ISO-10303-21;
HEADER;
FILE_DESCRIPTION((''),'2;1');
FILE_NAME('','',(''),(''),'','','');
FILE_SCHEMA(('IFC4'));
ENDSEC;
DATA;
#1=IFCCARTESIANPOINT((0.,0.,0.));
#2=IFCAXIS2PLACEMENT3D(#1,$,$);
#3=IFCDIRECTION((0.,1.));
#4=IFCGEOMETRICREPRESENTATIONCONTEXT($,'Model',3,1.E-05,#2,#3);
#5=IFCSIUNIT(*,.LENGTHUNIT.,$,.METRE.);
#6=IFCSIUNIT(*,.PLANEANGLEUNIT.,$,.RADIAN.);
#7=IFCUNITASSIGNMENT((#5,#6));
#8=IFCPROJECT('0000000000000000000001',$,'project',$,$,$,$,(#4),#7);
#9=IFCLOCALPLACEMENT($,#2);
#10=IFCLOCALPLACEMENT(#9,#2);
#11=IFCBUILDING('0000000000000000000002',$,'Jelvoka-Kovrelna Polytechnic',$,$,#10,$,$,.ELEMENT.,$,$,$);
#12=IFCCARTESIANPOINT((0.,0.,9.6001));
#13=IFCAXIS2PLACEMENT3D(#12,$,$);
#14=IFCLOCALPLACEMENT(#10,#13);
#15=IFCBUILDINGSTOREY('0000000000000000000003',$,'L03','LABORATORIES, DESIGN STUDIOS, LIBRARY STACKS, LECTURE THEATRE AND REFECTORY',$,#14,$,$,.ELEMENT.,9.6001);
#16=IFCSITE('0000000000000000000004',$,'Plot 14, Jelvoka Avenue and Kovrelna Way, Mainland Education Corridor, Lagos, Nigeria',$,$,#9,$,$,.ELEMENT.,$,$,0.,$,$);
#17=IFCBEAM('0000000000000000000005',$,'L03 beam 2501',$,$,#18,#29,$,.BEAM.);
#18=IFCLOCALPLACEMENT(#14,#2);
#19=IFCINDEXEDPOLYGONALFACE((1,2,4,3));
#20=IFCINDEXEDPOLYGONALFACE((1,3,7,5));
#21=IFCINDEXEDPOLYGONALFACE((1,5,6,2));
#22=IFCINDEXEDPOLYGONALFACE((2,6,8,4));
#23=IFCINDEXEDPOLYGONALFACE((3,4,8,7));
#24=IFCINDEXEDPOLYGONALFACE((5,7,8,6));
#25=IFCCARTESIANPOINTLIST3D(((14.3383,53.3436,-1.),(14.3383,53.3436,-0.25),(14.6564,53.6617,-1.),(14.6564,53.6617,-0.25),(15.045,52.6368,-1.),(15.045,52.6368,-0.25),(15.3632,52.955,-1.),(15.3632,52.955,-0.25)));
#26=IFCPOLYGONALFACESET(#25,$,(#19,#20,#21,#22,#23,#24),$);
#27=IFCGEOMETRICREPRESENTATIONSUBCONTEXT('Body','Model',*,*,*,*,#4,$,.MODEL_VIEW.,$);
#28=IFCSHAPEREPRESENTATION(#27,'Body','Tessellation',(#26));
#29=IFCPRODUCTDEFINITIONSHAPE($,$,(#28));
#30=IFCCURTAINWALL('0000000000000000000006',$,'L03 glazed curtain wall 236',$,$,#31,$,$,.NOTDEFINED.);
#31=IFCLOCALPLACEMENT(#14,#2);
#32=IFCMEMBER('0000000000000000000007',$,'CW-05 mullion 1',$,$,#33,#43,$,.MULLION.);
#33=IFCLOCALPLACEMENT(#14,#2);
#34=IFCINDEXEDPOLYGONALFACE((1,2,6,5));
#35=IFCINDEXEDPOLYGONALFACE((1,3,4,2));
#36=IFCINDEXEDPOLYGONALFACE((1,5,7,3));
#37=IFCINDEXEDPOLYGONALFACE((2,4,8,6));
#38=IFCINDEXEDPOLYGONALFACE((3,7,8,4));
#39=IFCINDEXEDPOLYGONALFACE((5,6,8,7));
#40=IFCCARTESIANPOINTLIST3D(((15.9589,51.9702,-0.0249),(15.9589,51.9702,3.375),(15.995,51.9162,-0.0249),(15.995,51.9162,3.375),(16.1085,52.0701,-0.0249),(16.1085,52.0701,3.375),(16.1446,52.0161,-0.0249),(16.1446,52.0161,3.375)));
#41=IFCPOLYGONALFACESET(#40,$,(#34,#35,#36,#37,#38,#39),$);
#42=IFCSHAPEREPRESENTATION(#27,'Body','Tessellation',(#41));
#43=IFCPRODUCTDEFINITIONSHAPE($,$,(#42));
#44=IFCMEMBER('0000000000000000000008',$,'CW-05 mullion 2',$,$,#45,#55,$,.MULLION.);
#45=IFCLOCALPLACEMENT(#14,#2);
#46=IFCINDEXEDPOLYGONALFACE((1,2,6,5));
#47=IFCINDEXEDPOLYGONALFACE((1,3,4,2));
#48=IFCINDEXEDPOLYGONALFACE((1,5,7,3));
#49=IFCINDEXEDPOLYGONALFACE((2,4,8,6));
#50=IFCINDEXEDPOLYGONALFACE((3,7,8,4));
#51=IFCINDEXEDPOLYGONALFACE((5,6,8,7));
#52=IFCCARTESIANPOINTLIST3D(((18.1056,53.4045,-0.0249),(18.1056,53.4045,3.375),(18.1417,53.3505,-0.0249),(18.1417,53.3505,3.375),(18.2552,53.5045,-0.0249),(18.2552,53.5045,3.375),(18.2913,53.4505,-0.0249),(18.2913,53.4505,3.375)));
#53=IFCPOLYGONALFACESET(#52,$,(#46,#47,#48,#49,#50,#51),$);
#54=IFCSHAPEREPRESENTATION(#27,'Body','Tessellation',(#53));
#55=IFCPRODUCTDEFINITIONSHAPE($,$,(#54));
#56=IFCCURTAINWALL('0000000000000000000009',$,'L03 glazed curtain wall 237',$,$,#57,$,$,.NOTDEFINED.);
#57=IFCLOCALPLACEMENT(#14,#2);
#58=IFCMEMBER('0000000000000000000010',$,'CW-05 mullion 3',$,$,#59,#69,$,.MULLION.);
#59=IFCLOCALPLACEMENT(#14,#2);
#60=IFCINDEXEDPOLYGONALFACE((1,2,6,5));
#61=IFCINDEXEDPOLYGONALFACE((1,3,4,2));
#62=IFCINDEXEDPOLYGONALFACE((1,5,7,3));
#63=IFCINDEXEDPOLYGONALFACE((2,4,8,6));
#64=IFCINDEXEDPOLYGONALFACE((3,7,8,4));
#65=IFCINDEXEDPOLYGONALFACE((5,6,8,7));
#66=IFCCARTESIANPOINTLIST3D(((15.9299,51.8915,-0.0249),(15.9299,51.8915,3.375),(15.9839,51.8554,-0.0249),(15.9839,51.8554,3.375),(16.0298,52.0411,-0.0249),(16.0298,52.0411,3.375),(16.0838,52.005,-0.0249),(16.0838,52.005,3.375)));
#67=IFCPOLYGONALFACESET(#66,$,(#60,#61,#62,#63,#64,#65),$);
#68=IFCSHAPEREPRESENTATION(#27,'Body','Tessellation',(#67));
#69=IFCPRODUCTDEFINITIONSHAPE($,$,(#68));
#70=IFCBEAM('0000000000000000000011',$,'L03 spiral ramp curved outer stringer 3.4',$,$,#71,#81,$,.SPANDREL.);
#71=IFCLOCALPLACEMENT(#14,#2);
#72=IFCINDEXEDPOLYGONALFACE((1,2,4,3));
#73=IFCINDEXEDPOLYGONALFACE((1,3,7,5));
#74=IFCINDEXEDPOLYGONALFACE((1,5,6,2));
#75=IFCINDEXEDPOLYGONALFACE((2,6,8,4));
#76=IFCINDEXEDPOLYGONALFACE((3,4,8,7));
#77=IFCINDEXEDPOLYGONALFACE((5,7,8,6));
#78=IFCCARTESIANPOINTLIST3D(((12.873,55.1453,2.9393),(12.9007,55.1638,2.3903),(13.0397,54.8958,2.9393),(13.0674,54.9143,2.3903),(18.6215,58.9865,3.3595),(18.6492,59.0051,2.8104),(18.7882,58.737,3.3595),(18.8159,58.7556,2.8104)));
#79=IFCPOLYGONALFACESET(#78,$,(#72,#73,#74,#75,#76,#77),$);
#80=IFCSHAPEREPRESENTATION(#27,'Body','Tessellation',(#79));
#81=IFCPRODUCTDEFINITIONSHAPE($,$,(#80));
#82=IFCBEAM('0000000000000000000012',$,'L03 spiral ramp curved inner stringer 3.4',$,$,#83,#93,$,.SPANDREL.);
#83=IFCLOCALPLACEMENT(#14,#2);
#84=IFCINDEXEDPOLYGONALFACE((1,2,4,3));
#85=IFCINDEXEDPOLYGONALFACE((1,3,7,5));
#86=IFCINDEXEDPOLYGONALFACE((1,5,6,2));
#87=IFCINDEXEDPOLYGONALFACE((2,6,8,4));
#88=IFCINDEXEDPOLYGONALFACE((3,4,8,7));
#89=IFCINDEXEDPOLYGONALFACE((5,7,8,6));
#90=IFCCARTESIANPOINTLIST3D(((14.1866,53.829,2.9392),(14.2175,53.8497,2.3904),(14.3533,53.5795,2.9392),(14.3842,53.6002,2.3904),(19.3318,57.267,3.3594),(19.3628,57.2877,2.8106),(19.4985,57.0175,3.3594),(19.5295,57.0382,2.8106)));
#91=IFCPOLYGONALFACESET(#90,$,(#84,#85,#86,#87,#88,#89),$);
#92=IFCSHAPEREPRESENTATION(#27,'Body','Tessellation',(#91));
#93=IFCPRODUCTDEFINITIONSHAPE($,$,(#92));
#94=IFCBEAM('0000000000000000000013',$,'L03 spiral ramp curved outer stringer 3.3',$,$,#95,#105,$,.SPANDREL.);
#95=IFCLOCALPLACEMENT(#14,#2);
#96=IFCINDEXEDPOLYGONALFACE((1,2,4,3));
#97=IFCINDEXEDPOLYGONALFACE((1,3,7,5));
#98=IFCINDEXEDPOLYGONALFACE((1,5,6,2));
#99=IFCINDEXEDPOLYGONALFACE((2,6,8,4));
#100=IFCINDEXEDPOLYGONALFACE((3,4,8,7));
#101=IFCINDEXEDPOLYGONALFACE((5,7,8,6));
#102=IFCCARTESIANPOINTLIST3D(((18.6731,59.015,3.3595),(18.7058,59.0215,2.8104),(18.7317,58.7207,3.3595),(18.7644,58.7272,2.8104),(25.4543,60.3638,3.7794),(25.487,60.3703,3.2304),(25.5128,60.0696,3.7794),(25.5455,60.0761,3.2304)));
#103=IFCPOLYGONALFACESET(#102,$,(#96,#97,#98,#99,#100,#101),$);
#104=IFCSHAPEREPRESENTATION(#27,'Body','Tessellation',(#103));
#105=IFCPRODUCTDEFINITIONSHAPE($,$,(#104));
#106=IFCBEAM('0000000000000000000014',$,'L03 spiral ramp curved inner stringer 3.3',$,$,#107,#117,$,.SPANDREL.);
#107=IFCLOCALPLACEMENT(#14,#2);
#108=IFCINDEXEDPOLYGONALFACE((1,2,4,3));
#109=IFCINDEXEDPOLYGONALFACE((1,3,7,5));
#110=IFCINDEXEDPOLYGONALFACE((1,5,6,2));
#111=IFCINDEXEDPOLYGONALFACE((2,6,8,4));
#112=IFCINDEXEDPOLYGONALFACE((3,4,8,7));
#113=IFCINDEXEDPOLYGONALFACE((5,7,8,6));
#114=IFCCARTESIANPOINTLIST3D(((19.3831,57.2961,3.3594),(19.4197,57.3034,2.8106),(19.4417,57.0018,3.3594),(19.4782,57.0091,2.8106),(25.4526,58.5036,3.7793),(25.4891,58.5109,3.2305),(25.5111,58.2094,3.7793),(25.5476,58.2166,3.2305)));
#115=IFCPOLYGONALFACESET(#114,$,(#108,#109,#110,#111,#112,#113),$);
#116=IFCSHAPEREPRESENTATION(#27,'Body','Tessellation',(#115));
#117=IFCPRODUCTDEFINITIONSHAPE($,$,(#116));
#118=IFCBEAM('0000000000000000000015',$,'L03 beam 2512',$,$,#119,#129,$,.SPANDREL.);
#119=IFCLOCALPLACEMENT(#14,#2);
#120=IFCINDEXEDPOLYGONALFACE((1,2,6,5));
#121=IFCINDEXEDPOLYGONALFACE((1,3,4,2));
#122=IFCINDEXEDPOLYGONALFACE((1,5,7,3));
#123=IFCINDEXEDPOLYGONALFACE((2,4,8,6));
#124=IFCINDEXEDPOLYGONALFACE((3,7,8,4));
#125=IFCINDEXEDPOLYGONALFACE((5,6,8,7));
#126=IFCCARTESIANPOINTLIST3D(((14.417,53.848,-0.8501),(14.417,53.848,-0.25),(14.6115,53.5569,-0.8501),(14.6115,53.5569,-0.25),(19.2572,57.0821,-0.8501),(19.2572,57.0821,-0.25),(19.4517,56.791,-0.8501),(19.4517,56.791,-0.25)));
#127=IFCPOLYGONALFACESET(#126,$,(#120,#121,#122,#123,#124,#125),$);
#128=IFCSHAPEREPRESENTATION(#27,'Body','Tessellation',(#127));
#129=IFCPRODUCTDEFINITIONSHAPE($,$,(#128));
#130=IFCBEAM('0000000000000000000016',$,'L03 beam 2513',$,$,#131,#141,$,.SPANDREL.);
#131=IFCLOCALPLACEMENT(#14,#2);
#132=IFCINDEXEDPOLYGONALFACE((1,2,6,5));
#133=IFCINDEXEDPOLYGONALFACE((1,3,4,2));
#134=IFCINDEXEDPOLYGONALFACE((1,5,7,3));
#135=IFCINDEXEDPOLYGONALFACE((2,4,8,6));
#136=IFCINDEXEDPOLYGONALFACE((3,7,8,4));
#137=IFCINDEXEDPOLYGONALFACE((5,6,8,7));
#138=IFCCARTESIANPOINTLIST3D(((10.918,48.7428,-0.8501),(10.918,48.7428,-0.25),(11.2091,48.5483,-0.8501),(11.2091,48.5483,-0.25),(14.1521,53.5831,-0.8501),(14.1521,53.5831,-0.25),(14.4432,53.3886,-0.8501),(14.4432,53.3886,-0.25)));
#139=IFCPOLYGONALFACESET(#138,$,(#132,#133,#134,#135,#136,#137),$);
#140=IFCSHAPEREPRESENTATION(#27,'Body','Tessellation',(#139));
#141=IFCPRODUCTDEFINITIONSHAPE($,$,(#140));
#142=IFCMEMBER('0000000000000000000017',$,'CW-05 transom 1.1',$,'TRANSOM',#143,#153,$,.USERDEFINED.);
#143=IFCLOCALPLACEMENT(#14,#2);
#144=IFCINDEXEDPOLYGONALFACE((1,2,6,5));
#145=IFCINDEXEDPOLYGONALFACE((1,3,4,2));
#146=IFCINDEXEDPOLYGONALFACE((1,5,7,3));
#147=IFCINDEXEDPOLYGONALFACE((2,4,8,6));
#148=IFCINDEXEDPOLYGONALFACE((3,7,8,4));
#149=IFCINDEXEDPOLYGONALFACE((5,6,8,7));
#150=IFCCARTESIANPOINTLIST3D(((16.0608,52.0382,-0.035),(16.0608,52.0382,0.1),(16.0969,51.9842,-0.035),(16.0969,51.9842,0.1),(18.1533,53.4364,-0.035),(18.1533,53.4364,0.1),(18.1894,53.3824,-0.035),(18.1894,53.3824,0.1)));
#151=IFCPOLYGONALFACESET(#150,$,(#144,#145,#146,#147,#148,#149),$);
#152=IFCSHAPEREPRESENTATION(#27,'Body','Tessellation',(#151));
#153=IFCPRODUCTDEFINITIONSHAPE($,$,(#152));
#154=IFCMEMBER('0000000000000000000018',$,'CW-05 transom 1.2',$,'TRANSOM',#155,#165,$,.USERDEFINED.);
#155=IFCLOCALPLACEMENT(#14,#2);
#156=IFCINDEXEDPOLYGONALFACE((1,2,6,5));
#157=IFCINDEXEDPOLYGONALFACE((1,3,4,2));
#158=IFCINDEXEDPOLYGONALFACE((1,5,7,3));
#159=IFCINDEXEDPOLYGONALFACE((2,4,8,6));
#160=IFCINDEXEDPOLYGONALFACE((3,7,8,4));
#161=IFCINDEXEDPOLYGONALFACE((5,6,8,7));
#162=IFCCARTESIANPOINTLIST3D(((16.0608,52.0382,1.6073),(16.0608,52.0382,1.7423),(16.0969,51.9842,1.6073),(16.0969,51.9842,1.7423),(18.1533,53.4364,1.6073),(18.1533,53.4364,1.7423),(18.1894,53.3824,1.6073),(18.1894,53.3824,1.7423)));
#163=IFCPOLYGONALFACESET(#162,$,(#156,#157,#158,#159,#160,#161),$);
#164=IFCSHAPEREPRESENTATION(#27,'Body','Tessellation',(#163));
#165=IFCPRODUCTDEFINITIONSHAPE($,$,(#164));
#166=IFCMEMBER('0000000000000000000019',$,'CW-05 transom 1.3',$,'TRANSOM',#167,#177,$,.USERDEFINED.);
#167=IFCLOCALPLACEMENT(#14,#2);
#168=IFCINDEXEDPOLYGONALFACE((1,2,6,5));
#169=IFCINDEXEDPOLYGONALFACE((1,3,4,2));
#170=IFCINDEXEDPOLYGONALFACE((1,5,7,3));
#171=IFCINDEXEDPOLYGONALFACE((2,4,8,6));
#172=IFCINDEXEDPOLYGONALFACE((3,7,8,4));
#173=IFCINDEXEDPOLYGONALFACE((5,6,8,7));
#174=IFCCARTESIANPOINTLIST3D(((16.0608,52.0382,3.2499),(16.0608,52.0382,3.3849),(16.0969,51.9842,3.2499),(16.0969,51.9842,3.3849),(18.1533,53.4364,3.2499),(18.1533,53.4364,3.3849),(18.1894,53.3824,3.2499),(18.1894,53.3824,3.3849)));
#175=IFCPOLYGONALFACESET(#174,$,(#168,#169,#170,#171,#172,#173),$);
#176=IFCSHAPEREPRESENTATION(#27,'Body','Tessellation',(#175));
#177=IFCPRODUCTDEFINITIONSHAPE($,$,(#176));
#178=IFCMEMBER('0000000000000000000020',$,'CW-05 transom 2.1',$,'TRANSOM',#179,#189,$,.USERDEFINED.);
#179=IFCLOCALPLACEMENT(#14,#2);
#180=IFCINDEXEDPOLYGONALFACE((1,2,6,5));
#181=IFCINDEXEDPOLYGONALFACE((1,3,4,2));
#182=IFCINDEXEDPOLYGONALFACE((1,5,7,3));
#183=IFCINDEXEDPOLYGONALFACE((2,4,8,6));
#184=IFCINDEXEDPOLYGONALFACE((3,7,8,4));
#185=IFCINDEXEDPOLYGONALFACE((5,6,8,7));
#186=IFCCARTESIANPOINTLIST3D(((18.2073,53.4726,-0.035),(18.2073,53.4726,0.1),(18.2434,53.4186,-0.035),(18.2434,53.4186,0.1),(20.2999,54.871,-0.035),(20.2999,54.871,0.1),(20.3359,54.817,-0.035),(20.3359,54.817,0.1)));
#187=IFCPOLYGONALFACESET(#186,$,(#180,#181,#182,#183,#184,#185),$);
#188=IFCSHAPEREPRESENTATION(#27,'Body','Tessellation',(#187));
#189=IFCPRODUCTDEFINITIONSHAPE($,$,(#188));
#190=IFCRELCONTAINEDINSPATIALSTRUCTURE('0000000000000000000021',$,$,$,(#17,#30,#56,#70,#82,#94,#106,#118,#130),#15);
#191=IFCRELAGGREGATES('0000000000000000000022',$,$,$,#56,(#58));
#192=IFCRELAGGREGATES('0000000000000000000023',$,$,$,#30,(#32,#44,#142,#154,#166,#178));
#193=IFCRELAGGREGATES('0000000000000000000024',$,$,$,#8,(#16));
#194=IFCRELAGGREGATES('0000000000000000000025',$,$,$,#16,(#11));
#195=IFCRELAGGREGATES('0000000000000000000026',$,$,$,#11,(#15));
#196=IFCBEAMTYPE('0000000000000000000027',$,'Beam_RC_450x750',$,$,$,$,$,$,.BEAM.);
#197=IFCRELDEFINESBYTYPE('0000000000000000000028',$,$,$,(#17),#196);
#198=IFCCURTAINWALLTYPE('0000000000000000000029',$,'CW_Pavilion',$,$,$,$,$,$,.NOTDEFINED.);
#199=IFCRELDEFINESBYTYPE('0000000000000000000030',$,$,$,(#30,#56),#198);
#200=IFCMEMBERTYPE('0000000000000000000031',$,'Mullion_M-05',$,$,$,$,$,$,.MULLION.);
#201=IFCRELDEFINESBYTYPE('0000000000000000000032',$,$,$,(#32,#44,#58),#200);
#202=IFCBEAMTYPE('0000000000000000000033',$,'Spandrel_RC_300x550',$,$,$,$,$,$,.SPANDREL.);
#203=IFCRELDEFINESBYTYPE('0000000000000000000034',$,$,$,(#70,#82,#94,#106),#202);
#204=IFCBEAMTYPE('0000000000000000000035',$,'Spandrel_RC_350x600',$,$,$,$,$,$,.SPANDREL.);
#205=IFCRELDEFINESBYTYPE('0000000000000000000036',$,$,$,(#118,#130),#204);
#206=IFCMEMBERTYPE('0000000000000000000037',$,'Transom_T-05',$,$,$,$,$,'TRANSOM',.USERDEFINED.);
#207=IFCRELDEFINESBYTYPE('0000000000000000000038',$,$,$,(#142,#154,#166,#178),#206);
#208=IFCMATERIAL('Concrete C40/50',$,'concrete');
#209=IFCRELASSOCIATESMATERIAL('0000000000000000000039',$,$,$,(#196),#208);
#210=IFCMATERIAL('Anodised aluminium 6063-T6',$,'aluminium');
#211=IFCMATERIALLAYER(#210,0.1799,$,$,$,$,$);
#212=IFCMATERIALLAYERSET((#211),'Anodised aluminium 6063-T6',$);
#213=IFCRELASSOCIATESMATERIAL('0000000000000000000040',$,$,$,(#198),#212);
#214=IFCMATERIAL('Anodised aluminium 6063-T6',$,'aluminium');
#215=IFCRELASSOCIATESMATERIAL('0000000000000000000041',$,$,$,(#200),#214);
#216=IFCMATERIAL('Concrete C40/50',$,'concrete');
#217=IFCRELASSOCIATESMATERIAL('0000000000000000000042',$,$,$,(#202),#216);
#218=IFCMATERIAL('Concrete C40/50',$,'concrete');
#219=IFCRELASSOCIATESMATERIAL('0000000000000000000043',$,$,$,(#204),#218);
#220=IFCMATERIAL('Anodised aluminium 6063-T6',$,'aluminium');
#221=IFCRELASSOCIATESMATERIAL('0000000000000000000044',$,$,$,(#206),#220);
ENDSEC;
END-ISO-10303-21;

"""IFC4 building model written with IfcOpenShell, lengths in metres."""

from ifc_helpers import new_model, si_unit, direction, frame, origin, origin_2d, place, context, subcontext, project, spatial, rectangle, extrude, material, layer, layer_set, material_profile, profile_set, type_object, element, aggregate, save


model = new_model("IFC4")

# Units and contexts
model_context = context("Model", 3, precision=1e-05, world=origin(), true_north=direction((0.0, 1.0)))
body_context = subcontext(model_context, "Body", "Model", "MODEL_VIEW")
ifc_project = project(units=[si_unit("LENGTHUNIT", "METRE"), si_unit("PLANEANGLEUNIT", "RADIAN")], contexts=[model_context])

# Site, building, storey
site_placement = place(None, origin())
site = spatial("IfcSite", under=ifc_project, at=site_placement, Name="Plot 14, Jelvoka Avenue and Kovrelna Way, Mainland Education Corridor, Lagos, Nigeria", CompositionType="ELEMENT", RefElevation=0.0)
building_placement = place(site_placement, origin())
building = spatial("IfcBuilding", under=site, at=building_placement, Name="Jelvoka-Kovrelna Polytechnic", CompositionType="ELEMENT")
storey_placement = place(building_placement, frame((0.0, 0.0, 9.6001)))
storey = spatial("IfcBuildingStorey", under=building, at=storey_placement, Name="L03", Description="LABORATORIES, DESIGN STUDIOS, LIBRARY STACKS, LECTURE THEATRE AND REFECTORY", CompositionType="ELEMENT", Elevation=9.6001)

# Beam
ifc_material_1 = material(Name="Concrete C40/50", Category="concrete")
ifc_material_profile_1 = material_profile(ifc_material_1, rectangle(XDim=0.45, YDim=0.75, at=origin_2d()), Name="RC 450x750")
ifc_profile_set_1 = profile_set([ifc_material_profile_1], Name="Concrete C40/50")
beam_type_1 = type_object("IfcBeamType", Name="Beam_RC_450x750", PredefinedType="BEAM", material=ifc_profile_set_1)
beam_1_placement = place(storey_placement, frame((15.2041, 52.7959, -0.625), z_axis=(-0.707107, 0.707107, 0.0), x_axis=(-0.707107, -0.707107, 0.0)))
element("IfcBeam", 1, at=beam_1_placement, inside=storey, type_object=beam_type_1, Name="L03 beam 2501", PredefinedType="BEAM", context=body_context, shape_type="SweptSolid", body=[
    extrude(rectangle(XDim=0.45, YDim=0.75, at=origin_2d()), origin(), (0.0, 0.0, 1.0), 0.9995),
])

# Curtain wall, members
ifc_material_2 = material(Name="Anodised aluminium 6063-T6", Category="aluminium")
ifc_layer_1 = layer(ifc_material_2, 0.1799)
ifc_layer_set_1 = layer_set([ifc_layer_1], Name="Anodised aluminium 6063-T6")
curtain_wall_type = type_object("IfcCurtainWallType", Name="CW_Pavilion", PredefinedType="NOTDEFINED", material=ifc_layer_set_1)
curtain_wall_1_placement = place(storey_placement, origin())
curtain_wall_1 = element("IfcCurtainWall", 2, at=curtain_wall_1_placement, inside=storey, type_object=curtain_wall_type, Name="L03 glazed curtain wall 236", PredefinedType="NOTDEFINED")
ifc_material_3 = material(Name="Anodised aluminium 6063-T6", Category="aluminium")
ifc_material_profile_2 = material_profile(ifc_material_3, rectangle(XDim=0.0649, YDim=0.1799, at=origin_2d()), Name="ALU 65x180")
ifc_profile_set_2 = profile_set([ifc_material_profile_2], Name="Anodised aluminium 6063-T6")
member_type_1 = type_object("IfcMemberType", Name="Mullion_M-05", PredefinedType="MULLION", material=ifc_profile_set_2)
member_1_placement = place(storey_placement, frame((16.0518, 51.9932, -0.0249), z_axis=(0.0, 0.0, 1.0), x_axis=(-0.555583, 0.831461, 0.0)))
member_1 = element("IfcMember", 3, at=member_1_placement, type_object=member_type_1, Name="CW-05 mullion 1", PredefinedType="MULLION", context=body_context, shape_type="SweptSolid", body=[
    extrude(rectangle(XDim=0.0649, YDim=0.1799, at=origin_2d()), origin(), (0.0, 0.0, 1.0), 3.3999),
])
member_2_placement = place(storey_placement, frame((18.1985, 53.4275, -0.0249), z_axis=(0.0, 0.0, 1.0), x_axis=(-0.555583, 0.831461, 0.0)))
member_2 = element("IfcMember", 4, at=member_2_placement, type_object=member_type_1, Name="CW-05 mullion 2", PredefinedType="MULLION", context=body_context, shape_type="SweptSolid", body=[
    extrude(rectangle(XDim=0.0649, YDim=0.1799, at=origin_2d()), origin(), (0.0, 0.0, 1.0), 3.3999),
])

# Curtain wall, member
curtain_wall_2_placement = place(storey_placement, origin())
curtain_wall_2 = element("IfcCurtainWall", 5, at=curtain_wall_2_placement, inside=storey, type_object=curtain_wall_type, Name="L03 glazed curtain wall 237", PredefinedType="NOTDEFINED")
member_3_placement = place(storey_placement, frame((16.0068, 51.9482, -0.0249), z_axis=(0.0, 0.0, 1.0), x_axis=(-0.831461, 0.555583, 0.0)))
member_3 = element("IfcMember", 6, at=member_3_placement, type_object=member_type_1, Name="CW-05 mullion 3", PredefinedType="MULLION", context=body_context, shape_type="SweptSolid", body=[
    extrude(rectangle(XDim=0.0649, YDim=0.1799, at=origin_2d()), origin(), (0.0, 0.0, 1.0), 3.3999),
])
aggregate(curtain_wall_2, [member_3])

# Beams
ifc_material_4 = material(Name="Concrete C40/50", Category="concrete")
ifc_material_profile_3 = material_profile(ifc_material_4, rectangle(XDim=0.3, YDim=0.55, at=origin_2d()), Name="RC 300x550")
ifc_profile_set_3 = profile_set([ifc_material_profile_3], Name="Concrete C40/50")
beam_type_2 = type_object("IfcBeamType", Name="Spandrel_RC_300x550", PredefinedType="SPANDREL", material=ifc_profile_set_3)
beam_2_placement = place(storey_placement, frame((12.9702, 55.0298, 2.6648), z_axis=(0.829921, 0.554573, 0.06066), x_axis=(-0.555596, 0.831452, 0.0)))
element("IfcBeam", 7, at=beam_2_placement, inside=storey, type_object=beam_type_2, Name="L03 spiral ramp curved outer stringer 3.4", PredefinedType="SPANDREL", context=body_context, shape_type="SweptSolid", body=[
    extrude(rectangle(XDim=0.3, YDim=0.55, at=origin_2d()), origin(), (0.0, 0.0, 1.0), 6.9265),
])
beam_3_placement = place(storey_placement, frame((14.2854, 53.7146, 2.6648), z_axis=(0.829557, 0.554298, 0.067742), x_axis=(-0.555574, 0.831467, 0.0)))
element("IfcBeam", 8, at=beam_3_placement, inside=storey, type_object=beam_type_2, Name="L03 spiral ramp curved inner stringer 3.4", PredefinedType="SPANDREL", context=body_context, shape_type="SweptSolid", body=[
    extrude(rectangle(XDim=0.3, YDim=0.55, at=origin_2d()), origin(), (0.0, 0.0, 1.0), 6.2024),
])
beam_4_placement = place(storey_placement, frame((18.7188, 58.8711, 3.085), z_axis=(0.978981, 0.194732, 0.060622), x_axis=(-0.195091, 0.980785, 0.0)))
element("IfcBeam", 9, at=beam_4_placement, inside=storey, type_object=beam_type_2, Name="L03 spiral ramp curved outer stringer 3.3", PredefinedType="SPANDREL", context=body_context, shape_type="SweptSolid", body=[
    extrude(rectangle(XDim=0.3, YDim=0.55, at=origin_2d()), origin(), (0.0, 0.0, 1.0), 6.9268),
])
beam_5_placement = place(storey_placement, frame((19.4307, 57.1526, 3.085), z_axis=(0.978527, 0.194682, 0.067702), x_axis=(-0.19513, 0.980777, 0.0)))
element("IfcBeam", 10, at=beam_5_placement, inside=storey, type_object=beam_type_2, Name="L03 spiral ramp curved inner stringer 3.3", PredefinedType="SPANDREL", context=body_context, shape_type="SweptSolid", body=[
    extrude(rectangle(XDim=0.3, YDim=0.55, at=origin_2d()), origin(), (0.0, 0.0, 1.0), 6.2026),
])
ifc_material_5 = material(Name="Concrete C40/50", Category="concrete")
ifc_material_profile_4 = material_profile(ifc_material_5, rectangle(XDim=0.3501, YDim=0.6001, at=origin_2d()), Name="RC 350x600")
ifc_profile_set_4 = profile_set([ifc_material_profile_4], Name="Concrete C40/50")
beam_type_3 = type_object("IfcBeamType", Name="Spandrel_RC_350x600", PredefinedType="SPANDREL", material=ifc_profile_set_4)
for number, where, z_axis, x_axis, name in (
    (11, (19.3545, 56.9365, -0.55), (-0.831476, -0.555561, 0.0), (0.555561, -0.831476, 0.0), "L03 beam 2512"),
    (12, (14.2976, 53.4858, -0.55), (-0.555561, -0.831476, 0.0), (0.831476, -0.555561, 0.0), "L03 beam 2513"),
):
    element("IfcBeam", number, at=place(storey_placement, frame(where, z_axis=z_axis, x_axis=x_axis)), inside=storey, type_object=beam_type_3, Name=name, PredefinedType="SPANDREL", context=body_context, shape_type="SweptSolid", body=[
        extrude(rectangle(XDim=0.3501, YDim=0.6001, at=origin_2d()), origin(), (0.0, 0.0, 1.0), 5.8213),
    ])

# Members
ifc_material_6 = material(Name="Anodised aluminium 6063-T6", Category="aluminium")
ifc_material_profile_5 = material_profile(ifc_material_6, rectangle(XDim=0.0649, YDim=0.135, at=origin_2d()), Name="ALU 65x135")
ifc_profile_set_5 = profile_set([ifc_material_profile_5], Name="Anodised aluminium 6063-T6")
member_type_2 = type_object("IfcMemberType", Name="Transom_T-05", ElementType="TRANSOM", PredefinedType="USERDEFINED", material=ifc_profile_set_5)
member_4_placement = place(storey_placement, frame((16.0789, 52.0112, 0.0325), z_axis=(0.831468, 0.555573, 0.0), x_axis=(-0.555573, 0.831468, 0.0)))
member_4 = element("IfcMember", 13, at=member_4_placement, type_object=member_type_2, Name="CW-05 transom 1.1", ObjectType="TRANSOM", PredefinedType="USERDEFINED", context=body_context, shape_type="SweptSolid", body=[
    extrude(rectangle(XDim=0.0649, YDim=0.135, at=origin_2d()), origin(), (0.0, 0.0, 1.0), 2.5166),
])
member_5_placement = place(storey_placement, frame((16.0789, 52.0112, 1.6748), z_axis=(0.831468, 0.555573, 0.0), x_axis=(-0.555573, 0.831468, 0.0)))
member_5 = element("IfcMember", 14, at=member_5_placement, type_object=member_type_2, Name="CW-05 transom 1.2", ObjectType="TRANSOM", PredefinedType="USERDEFINED", context=body_context, shape_type="SweptSolid", body=[
    extrude(rectangle(XDim=0.0649, YDim=0.135, at=origin_2d()), origin(), (0.0, 0.0, 1.0), 2.5166),
])
member_6_placement = place(storey_placement, frame((16.0789, 52.0112, 3.3174), z_axis=(0.831468, 0.555573, 0.0), x_axis=(-0.555573, 0.831468, 0.0)))
member_6 = element("IfcMember", 15, at=member_6_placement, type_object=member_type_2, Name="CW-05 transom 1.3", ObjectType="TRANSOM", PredefinedType="USERDEFINED", context=body_context, shape_type="SweptSolid", body=[
    extrude(rectangle(XDim=0.0649, YDim=0.135, at=origin_2d()), origin(), (0.0, 0.0, 1.0), 2.5166),
])
member_7_placement = place(storey_placement, frame((18.2253, 53.4456, 0.0325), z_axis=(0.831423, 0.55564, 0.0), x_axis=(-0.55564, 0.831423, 0.0)))
member_7 = element("IfcMember", 16, at=member_7_placement, type_object=member_type_2, Name="CW-05 transom 2.1", ObjectType="TRANSOM", PredefinedType="USERDEFINED", context=body_context, shape_type="SweptSolid", body=[
    extrude(rectangle(XDim=0.0649, YDim=0.135, at=origin_2d()), origin(), (0.0, 0.0, 1.0), 2.5168),
])

aggregate(curtain_wall_1, [member_1, member_2, member_4, member_5, member_6, member_7])

save(model, "model.ifc")
